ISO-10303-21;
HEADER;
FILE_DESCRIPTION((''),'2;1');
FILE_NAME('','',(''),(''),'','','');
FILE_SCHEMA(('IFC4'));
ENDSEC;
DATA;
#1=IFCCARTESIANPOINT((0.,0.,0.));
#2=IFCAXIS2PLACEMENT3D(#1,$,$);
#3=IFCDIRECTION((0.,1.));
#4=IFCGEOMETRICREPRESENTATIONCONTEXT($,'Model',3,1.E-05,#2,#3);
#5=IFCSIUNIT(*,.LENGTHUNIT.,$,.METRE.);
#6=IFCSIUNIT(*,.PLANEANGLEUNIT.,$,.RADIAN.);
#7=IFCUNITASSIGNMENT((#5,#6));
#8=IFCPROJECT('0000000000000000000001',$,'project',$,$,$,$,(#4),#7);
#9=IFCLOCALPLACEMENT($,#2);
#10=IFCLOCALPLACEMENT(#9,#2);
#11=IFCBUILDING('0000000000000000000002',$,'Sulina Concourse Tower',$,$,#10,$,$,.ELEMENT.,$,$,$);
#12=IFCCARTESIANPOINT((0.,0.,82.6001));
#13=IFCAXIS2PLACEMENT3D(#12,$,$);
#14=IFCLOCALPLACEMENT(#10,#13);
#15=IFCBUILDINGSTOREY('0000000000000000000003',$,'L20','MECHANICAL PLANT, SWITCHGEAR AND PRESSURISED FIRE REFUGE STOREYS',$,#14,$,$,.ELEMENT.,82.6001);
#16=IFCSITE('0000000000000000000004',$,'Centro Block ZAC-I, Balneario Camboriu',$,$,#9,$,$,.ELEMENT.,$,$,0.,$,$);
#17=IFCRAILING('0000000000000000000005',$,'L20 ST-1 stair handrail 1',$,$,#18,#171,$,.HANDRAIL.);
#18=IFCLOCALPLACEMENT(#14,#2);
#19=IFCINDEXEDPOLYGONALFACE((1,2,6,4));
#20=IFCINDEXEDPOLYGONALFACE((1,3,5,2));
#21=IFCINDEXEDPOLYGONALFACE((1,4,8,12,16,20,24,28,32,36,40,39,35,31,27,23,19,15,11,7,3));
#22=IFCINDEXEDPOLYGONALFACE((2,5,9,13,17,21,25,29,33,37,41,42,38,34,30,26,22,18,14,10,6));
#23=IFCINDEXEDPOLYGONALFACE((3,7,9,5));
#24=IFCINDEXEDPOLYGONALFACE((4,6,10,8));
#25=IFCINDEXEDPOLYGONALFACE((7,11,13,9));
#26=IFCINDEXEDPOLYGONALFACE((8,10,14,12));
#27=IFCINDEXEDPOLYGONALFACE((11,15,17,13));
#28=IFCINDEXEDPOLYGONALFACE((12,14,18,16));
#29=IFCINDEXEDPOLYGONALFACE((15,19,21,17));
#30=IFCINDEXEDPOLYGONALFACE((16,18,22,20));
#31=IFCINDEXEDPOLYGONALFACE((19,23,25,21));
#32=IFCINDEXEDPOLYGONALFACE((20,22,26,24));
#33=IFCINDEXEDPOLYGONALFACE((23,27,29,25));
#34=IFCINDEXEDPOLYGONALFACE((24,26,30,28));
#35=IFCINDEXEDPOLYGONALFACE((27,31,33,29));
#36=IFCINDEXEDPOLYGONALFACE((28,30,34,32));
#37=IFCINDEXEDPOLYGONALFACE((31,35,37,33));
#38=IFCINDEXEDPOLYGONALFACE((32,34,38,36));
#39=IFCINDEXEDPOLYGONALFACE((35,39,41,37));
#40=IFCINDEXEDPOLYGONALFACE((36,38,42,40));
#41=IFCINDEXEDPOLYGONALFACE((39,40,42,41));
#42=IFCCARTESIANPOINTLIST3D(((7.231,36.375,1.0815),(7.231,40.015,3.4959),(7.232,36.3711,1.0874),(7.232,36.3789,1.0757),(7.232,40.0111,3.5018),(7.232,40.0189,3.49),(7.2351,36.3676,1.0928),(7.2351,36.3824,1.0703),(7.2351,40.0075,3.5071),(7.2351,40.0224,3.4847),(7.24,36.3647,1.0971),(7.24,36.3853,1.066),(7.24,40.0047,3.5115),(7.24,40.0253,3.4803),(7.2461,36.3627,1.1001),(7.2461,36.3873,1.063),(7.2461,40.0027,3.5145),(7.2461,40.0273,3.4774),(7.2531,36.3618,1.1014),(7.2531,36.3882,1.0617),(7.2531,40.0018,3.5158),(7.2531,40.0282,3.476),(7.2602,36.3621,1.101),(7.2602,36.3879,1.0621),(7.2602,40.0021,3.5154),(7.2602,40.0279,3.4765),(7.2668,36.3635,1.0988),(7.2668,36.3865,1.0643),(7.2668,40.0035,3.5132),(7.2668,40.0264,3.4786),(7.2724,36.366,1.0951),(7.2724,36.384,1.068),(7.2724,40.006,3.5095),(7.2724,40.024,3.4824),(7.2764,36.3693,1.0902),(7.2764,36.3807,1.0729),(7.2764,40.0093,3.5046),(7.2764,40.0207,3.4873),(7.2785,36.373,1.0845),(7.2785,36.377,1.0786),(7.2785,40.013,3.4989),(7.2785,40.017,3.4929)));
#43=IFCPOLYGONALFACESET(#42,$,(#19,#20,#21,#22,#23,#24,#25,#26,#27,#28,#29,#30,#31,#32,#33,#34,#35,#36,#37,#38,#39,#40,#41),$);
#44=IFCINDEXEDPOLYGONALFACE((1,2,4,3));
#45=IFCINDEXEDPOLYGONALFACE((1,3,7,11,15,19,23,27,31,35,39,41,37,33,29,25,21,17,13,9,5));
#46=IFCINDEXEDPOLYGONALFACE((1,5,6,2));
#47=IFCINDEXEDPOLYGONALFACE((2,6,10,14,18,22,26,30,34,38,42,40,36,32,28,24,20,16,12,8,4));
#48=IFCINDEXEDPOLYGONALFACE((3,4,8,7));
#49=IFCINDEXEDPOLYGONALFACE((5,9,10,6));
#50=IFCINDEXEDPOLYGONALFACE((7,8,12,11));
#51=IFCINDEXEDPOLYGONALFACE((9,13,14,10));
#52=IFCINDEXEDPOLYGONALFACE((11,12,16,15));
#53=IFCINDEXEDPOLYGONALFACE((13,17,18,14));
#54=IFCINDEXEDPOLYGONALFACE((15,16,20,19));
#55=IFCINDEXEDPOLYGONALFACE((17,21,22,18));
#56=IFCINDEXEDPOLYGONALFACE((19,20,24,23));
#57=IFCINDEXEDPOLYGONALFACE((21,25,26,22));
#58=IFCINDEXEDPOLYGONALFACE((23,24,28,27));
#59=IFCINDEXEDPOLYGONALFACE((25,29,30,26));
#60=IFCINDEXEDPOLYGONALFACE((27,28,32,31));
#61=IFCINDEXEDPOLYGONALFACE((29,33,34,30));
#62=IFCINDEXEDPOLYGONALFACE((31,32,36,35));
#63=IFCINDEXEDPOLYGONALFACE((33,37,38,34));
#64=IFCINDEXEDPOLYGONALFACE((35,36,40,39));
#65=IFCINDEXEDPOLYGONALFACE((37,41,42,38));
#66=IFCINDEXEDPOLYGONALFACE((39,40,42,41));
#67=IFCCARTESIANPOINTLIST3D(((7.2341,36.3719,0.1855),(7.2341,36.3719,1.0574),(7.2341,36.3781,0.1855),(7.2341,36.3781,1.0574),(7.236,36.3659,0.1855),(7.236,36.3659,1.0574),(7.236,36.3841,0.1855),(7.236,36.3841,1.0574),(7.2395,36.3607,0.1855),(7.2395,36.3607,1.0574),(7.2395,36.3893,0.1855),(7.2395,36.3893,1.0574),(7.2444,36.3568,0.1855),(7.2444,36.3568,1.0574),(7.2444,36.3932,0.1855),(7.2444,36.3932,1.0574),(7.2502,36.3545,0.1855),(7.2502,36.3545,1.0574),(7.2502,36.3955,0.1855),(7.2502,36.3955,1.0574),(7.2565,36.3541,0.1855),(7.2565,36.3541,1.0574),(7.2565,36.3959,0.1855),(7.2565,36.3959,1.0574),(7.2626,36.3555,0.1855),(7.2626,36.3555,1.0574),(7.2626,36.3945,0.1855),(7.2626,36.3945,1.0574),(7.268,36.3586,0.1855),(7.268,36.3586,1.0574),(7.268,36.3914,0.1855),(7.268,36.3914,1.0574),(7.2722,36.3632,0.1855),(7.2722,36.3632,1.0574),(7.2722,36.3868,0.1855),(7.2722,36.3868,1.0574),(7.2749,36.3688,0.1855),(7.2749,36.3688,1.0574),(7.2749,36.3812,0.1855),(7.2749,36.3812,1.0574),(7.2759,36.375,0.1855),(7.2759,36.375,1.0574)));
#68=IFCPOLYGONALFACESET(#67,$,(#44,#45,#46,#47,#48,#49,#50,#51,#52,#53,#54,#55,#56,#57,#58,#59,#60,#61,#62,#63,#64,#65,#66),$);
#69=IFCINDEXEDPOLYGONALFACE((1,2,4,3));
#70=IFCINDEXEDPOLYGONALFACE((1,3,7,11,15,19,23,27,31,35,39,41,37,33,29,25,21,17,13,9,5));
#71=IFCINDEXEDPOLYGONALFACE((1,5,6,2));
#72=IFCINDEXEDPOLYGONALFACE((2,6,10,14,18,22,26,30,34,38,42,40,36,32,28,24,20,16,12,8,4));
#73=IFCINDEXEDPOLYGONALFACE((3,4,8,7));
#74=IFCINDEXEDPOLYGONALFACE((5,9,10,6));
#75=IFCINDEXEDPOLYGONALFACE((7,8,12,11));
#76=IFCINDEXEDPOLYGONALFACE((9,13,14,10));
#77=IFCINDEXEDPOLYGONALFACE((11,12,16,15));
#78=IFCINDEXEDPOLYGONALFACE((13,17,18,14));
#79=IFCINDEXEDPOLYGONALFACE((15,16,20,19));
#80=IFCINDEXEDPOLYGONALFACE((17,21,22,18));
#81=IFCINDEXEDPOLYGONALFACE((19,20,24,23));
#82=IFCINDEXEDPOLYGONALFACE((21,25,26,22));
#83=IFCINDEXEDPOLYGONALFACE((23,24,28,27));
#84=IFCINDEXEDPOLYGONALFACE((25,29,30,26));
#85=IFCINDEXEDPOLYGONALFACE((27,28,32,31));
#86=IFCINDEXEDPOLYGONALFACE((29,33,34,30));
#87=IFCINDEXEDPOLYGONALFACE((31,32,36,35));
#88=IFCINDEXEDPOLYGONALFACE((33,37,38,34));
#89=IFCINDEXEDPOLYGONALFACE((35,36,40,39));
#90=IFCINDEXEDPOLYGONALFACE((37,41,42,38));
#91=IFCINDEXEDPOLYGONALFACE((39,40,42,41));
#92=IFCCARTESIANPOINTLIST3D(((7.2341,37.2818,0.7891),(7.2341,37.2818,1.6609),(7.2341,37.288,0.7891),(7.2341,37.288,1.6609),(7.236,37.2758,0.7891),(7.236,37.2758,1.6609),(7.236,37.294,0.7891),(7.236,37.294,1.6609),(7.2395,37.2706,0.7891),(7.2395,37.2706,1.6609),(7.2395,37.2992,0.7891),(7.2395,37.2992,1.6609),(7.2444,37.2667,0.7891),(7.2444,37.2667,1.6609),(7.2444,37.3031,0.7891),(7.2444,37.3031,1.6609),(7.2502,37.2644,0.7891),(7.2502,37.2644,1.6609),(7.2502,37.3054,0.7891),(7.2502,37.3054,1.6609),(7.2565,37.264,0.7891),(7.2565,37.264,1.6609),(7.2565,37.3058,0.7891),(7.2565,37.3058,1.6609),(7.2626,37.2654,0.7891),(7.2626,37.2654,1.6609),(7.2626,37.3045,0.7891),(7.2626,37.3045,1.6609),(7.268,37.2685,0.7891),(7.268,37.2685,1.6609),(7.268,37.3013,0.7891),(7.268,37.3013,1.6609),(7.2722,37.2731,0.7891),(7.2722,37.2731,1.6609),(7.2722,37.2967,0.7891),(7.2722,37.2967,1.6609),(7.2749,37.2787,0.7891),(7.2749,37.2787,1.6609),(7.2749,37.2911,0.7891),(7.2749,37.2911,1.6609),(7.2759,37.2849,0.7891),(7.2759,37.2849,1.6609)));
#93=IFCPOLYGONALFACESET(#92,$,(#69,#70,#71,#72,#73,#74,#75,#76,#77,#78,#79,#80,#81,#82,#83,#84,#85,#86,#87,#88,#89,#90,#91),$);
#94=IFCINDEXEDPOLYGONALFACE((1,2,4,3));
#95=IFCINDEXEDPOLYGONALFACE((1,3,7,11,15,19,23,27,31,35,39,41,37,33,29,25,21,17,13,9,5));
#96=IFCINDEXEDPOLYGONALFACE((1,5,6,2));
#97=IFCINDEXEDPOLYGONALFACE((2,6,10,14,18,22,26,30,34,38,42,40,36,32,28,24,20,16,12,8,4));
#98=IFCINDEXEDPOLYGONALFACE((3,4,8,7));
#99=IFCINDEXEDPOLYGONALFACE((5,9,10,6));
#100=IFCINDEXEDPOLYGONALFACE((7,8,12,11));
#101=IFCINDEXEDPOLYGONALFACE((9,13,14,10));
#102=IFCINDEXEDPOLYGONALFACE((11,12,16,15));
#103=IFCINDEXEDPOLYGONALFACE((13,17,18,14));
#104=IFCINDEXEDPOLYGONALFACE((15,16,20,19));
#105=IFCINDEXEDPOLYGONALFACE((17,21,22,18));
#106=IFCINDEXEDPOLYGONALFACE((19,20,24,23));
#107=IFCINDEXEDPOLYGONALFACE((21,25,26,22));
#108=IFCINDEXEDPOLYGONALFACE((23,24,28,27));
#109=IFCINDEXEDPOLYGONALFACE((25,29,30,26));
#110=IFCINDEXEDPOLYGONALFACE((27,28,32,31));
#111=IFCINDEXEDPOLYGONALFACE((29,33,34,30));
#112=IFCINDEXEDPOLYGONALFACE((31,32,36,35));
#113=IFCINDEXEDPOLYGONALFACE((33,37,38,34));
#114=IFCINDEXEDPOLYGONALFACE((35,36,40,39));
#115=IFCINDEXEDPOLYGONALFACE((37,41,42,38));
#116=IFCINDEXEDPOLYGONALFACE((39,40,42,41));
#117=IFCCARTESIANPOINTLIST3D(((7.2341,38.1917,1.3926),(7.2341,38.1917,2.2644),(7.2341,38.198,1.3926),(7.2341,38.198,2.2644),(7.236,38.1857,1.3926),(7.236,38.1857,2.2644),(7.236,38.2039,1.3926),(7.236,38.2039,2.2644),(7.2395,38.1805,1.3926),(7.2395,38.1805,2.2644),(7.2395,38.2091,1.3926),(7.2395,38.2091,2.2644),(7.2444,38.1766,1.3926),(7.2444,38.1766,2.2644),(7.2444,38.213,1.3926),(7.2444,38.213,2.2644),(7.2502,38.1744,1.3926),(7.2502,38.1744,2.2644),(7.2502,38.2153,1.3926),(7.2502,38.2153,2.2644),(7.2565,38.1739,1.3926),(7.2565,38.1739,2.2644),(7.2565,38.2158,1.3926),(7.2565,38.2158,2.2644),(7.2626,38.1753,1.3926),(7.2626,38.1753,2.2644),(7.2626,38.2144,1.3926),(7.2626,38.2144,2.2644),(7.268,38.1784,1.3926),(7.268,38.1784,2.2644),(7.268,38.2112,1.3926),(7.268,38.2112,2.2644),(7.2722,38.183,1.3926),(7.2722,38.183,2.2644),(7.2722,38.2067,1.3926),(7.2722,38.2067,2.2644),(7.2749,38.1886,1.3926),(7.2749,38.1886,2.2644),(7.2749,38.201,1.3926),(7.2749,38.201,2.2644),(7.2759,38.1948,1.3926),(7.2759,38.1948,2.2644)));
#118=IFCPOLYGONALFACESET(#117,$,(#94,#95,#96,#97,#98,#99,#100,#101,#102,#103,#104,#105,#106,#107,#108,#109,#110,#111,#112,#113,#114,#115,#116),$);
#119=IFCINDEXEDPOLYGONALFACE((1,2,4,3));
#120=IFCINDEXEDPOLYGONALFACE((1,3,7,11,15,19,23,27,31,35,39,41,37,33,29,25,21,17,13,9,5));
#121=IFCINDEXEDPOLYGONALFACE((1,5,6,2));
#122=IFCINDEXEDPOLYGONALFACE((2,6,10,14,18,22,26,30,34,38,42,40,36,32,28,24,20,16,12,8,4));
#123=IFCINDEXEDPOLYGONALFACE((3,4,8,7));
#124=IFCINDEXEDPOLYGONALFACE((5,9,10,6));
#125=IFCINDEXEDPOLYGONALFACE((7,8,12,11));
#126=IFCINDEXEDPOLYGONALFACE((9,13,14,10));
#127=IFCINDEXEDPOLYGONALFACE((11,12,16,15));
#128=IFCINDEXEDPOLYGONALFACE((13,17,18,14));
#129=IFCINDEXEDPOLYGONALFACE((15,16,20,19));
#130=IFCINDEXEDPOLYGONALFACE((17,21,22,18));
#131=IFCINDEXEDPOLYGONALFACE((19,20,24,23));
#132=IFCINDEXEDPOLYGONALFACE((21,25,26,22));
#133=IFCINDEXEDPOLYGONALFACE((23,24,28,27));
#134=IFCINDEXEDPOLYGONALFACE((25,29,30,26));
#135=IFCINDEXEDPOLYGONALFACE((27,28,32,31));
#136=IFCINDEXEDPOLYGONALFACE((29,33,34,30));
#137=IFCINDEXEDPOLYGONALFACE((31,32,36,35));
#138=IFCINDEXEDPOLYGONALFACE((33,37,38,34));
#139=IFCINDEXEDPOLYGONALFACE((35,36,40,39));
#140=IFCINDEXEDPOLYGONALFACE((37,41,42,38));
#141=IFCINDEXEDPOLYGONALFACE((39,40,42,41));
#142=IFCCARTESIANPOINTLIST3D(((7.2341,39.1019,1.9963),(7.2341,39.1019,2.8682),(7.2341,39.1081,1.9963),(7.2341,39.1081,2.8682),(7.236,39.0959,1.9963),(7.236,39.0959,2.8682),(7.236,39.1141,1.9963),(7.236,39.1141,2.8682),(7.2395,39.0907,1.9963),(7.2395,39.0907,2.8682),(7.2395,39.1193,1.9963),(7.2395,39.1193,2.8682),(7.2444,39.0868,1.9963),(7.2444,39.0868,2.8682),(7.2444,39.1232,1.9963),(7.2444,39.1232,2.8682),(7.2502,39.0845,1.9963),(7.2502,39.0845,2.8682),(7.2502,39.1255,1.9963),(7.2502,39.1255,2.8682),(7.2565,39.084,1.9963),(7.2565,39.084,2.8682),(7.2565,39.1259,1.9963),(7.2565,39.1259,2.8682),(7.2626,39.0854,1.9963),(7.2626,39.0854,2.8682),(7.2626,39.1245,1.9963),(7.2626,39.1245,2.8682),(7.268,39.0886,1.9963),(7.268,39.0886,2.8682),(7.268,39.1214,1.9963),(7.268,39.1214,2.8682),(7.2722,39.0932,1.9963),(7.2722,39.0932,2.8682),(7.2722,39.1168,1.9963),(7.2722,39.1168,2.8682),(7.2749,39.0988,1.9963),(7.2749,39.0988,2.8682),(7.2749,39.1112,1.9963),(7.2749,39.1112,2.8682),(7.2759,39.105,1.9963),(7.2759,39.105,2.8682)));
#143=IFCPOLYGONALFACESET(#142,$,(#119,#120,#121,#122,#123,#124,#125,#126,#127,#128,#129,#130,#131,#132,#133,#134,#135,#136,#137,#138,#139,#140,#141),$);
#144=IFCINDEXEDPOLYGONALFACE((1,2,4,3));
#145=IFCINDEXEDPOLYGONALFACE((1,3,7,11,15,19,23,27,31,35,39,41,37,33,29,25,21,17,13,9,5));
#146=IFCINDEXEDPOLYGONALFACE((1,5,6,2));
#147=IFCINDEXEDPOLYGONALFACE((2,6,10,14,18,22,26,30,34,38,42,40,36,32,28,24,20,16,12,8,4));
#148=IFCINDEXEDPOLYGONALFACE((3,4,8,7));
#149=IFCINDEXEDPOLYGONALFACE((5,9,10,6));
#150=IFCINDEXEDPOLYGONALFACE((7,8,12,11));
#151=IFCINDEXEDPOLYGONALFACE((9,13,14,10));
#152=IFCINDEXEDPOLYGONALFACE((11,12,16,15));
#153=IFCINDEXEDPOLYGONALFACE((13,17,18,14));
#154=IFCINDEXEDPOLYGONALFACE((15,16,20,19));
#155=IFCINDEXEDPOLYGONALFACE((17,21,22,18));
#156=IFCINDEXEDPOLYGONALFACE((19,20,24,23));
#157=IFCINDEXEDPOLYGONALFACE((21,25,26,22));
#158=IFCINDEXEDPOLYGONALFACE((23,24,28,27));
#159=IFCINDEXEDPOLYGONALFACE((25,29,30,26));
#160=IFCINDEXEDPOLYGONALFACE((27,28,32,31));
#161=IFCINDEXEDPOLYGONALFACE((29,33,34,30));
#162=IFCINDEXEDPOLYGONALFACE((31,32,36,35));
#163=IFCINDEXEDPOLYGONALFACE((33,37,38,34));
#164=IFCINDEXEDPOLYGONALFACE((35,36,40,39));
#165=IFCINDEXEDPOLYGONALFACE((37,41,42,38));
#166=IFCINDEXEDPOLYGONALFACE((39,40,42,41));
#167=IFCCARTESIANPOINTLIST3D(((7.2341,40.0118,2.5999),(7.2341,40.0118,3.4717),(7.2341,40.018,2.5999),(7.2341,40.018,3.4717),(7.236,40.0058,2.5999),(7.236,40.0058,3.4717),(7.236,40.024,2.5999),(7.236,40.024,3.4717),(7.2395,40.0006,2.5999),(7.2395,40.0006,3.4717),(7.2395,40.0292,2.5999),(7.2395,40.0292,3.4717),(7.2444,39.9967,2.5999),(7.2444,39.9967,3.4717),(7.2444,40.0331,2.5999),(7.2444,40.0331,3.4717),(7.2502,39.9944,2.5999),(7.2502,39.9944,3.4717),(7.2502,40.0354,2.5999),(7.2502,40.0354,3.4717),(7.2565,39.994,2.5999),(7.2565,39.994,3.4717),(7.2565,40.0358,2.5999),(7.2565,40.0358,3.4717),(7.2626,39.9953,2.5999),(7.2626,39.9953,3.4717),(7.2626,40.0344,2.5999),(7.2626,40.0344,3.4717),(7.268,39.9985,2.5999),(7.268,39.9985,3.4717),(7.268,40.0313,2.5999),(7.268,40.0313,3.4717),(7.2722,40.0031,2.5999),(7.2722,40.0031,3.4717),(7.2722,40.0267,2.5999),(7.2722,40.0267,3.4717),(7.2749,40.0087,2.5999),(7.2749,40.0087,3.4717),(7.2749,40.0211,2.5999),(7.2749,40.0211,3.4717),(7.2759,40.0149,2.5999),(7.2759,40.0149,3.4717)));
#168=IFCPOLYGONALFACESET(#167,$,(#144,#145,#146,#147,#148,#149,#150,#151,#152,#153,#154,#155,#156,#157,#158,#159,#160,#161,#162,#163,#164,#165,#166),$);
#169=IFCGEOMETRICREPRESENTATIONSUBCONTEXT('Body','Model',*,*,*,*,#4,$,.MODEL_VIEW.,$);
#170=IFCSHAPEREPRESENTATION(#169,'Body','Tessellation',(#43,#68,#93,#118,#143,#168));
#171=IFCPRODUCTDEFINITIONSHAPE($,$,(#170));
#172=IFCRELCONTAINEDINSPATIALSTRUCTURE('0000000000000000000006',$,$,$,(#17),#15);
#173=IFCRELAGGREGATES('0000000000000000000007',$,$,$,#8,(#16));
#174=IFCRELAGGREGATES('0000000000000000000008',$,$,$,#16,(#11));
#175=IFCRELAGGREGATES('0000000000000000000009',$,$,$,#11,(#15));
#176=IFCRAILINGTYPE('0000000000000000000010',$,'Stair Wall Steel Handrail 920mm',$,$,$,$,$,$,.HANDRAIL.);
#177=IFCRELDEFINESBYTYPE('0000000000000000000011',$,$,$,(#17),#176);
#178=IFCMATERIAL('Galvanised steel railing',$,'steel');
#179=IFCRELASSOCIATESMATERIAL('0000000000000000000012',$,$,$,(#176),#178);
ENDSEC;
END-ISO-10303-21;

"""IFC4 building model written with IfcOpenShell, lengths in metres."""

from ifc_helpers import new_model, si_unit, direction, frame, origin, origin_2d, place, context, subcontext, project, spatial, circle, extrude, material, type_object, element, save


model = new_model("IFC4")

# Units and contexts
model_context = context("Model", 3, precision=1e-05, world=origin(), true_north=direction((0.0, 1.0)))
body_context = subcontext(model_context, "Body", "Model", "MODEL_VIEW")
ifc_project = project(units=[si_unit("LENGTHUNIT", "METRE"), si_unit("PLANEANGLEUNIT", "RADIAN")], contexts=[model_context])

# Site, building, storey
site_placement = place(None, origin())
site = spatial("IfcSite", under=ifc_project, at=site_placement, Name="Centro Block ZAC-I, Balneario Camboriu", CompositionType="ELEMENT", RefElevation=0.0)
building_placement = place(site_placement, origin())
building = spatial("IfcBuilding", under=site, at=building_placement, Name="Sulina Concourse Tower", CompositionType="ELEMENT")
storey_placement = place(building_placement, frame((0.0, 0.0, 82.6001)))
storey = spatial("IfcBuildingStorey", under=building, at=storey_placement, Name="L20", Description="MECHANICAL PLANT, SWITCHGEAR AND PRESSURISED FIRE REFUGE STOREYS", CompositionType="ELEMENT", Elevation=82.6001)

# Railing
ifc_material_1 = material(Name="Galvanised steel railing", Category="steel")
railing_type_1 = type_object("IfcRailingType", Name="Stair Wall Steel Handrail 920mm", PredefinedType="HANDRAIL", material=ifc_material_1)
railing_1_placement = place(storey_placement, frame((7.2549, 36.375, 0.1855)))
element("IfcRailing", 1, at=railing_1_placement, inside=storey, type_object=railing_type_1, Name="L20 ST-1 stair handrail 1", PredefinedType="HANDRAIL", context=body_context, shape_type="SweptSolid", body=[
    extrude(circle(Radius=0.0239, at=origin_2d()), frame((0.0, 0.0, 0.896), z_axis=(0.0, 0.833347, 0.552751), x_axis=(-1.0, 0.0, 0.0)), (0.0, 0.0, 1.0), 4.3679),
    extrude(circle(Radius=0.021, at=origin_2d()), origin(), (0.0, 0.0, 1.0), 0.8718),
    extrude(circle(Radius=0.021, at=origin_2d()), frame((0.0, 0.9099, 0.6035)), (0.0, 0.0, 1.0), 0.8718),
    extrude(circle(Radius=0.021, at=origin_2d()), frame((0.0, 1.8198, 1.207)), (0.0, 0.0, 1.0), 0.8718),
    extrude(circle(Radius=0.021, at=origin_2d()), frame((0.0, 2.73, 1.8108)), (0.0, 0.0, 1.0), 0.8718),
    extrude(circle(Radius=0.021, at=origin_2d()), frame((0.0, 3.6399, 2.4143)), (0.0, 0.0, 1.0), 0.8718),
])

save(model, "model.ifc")
